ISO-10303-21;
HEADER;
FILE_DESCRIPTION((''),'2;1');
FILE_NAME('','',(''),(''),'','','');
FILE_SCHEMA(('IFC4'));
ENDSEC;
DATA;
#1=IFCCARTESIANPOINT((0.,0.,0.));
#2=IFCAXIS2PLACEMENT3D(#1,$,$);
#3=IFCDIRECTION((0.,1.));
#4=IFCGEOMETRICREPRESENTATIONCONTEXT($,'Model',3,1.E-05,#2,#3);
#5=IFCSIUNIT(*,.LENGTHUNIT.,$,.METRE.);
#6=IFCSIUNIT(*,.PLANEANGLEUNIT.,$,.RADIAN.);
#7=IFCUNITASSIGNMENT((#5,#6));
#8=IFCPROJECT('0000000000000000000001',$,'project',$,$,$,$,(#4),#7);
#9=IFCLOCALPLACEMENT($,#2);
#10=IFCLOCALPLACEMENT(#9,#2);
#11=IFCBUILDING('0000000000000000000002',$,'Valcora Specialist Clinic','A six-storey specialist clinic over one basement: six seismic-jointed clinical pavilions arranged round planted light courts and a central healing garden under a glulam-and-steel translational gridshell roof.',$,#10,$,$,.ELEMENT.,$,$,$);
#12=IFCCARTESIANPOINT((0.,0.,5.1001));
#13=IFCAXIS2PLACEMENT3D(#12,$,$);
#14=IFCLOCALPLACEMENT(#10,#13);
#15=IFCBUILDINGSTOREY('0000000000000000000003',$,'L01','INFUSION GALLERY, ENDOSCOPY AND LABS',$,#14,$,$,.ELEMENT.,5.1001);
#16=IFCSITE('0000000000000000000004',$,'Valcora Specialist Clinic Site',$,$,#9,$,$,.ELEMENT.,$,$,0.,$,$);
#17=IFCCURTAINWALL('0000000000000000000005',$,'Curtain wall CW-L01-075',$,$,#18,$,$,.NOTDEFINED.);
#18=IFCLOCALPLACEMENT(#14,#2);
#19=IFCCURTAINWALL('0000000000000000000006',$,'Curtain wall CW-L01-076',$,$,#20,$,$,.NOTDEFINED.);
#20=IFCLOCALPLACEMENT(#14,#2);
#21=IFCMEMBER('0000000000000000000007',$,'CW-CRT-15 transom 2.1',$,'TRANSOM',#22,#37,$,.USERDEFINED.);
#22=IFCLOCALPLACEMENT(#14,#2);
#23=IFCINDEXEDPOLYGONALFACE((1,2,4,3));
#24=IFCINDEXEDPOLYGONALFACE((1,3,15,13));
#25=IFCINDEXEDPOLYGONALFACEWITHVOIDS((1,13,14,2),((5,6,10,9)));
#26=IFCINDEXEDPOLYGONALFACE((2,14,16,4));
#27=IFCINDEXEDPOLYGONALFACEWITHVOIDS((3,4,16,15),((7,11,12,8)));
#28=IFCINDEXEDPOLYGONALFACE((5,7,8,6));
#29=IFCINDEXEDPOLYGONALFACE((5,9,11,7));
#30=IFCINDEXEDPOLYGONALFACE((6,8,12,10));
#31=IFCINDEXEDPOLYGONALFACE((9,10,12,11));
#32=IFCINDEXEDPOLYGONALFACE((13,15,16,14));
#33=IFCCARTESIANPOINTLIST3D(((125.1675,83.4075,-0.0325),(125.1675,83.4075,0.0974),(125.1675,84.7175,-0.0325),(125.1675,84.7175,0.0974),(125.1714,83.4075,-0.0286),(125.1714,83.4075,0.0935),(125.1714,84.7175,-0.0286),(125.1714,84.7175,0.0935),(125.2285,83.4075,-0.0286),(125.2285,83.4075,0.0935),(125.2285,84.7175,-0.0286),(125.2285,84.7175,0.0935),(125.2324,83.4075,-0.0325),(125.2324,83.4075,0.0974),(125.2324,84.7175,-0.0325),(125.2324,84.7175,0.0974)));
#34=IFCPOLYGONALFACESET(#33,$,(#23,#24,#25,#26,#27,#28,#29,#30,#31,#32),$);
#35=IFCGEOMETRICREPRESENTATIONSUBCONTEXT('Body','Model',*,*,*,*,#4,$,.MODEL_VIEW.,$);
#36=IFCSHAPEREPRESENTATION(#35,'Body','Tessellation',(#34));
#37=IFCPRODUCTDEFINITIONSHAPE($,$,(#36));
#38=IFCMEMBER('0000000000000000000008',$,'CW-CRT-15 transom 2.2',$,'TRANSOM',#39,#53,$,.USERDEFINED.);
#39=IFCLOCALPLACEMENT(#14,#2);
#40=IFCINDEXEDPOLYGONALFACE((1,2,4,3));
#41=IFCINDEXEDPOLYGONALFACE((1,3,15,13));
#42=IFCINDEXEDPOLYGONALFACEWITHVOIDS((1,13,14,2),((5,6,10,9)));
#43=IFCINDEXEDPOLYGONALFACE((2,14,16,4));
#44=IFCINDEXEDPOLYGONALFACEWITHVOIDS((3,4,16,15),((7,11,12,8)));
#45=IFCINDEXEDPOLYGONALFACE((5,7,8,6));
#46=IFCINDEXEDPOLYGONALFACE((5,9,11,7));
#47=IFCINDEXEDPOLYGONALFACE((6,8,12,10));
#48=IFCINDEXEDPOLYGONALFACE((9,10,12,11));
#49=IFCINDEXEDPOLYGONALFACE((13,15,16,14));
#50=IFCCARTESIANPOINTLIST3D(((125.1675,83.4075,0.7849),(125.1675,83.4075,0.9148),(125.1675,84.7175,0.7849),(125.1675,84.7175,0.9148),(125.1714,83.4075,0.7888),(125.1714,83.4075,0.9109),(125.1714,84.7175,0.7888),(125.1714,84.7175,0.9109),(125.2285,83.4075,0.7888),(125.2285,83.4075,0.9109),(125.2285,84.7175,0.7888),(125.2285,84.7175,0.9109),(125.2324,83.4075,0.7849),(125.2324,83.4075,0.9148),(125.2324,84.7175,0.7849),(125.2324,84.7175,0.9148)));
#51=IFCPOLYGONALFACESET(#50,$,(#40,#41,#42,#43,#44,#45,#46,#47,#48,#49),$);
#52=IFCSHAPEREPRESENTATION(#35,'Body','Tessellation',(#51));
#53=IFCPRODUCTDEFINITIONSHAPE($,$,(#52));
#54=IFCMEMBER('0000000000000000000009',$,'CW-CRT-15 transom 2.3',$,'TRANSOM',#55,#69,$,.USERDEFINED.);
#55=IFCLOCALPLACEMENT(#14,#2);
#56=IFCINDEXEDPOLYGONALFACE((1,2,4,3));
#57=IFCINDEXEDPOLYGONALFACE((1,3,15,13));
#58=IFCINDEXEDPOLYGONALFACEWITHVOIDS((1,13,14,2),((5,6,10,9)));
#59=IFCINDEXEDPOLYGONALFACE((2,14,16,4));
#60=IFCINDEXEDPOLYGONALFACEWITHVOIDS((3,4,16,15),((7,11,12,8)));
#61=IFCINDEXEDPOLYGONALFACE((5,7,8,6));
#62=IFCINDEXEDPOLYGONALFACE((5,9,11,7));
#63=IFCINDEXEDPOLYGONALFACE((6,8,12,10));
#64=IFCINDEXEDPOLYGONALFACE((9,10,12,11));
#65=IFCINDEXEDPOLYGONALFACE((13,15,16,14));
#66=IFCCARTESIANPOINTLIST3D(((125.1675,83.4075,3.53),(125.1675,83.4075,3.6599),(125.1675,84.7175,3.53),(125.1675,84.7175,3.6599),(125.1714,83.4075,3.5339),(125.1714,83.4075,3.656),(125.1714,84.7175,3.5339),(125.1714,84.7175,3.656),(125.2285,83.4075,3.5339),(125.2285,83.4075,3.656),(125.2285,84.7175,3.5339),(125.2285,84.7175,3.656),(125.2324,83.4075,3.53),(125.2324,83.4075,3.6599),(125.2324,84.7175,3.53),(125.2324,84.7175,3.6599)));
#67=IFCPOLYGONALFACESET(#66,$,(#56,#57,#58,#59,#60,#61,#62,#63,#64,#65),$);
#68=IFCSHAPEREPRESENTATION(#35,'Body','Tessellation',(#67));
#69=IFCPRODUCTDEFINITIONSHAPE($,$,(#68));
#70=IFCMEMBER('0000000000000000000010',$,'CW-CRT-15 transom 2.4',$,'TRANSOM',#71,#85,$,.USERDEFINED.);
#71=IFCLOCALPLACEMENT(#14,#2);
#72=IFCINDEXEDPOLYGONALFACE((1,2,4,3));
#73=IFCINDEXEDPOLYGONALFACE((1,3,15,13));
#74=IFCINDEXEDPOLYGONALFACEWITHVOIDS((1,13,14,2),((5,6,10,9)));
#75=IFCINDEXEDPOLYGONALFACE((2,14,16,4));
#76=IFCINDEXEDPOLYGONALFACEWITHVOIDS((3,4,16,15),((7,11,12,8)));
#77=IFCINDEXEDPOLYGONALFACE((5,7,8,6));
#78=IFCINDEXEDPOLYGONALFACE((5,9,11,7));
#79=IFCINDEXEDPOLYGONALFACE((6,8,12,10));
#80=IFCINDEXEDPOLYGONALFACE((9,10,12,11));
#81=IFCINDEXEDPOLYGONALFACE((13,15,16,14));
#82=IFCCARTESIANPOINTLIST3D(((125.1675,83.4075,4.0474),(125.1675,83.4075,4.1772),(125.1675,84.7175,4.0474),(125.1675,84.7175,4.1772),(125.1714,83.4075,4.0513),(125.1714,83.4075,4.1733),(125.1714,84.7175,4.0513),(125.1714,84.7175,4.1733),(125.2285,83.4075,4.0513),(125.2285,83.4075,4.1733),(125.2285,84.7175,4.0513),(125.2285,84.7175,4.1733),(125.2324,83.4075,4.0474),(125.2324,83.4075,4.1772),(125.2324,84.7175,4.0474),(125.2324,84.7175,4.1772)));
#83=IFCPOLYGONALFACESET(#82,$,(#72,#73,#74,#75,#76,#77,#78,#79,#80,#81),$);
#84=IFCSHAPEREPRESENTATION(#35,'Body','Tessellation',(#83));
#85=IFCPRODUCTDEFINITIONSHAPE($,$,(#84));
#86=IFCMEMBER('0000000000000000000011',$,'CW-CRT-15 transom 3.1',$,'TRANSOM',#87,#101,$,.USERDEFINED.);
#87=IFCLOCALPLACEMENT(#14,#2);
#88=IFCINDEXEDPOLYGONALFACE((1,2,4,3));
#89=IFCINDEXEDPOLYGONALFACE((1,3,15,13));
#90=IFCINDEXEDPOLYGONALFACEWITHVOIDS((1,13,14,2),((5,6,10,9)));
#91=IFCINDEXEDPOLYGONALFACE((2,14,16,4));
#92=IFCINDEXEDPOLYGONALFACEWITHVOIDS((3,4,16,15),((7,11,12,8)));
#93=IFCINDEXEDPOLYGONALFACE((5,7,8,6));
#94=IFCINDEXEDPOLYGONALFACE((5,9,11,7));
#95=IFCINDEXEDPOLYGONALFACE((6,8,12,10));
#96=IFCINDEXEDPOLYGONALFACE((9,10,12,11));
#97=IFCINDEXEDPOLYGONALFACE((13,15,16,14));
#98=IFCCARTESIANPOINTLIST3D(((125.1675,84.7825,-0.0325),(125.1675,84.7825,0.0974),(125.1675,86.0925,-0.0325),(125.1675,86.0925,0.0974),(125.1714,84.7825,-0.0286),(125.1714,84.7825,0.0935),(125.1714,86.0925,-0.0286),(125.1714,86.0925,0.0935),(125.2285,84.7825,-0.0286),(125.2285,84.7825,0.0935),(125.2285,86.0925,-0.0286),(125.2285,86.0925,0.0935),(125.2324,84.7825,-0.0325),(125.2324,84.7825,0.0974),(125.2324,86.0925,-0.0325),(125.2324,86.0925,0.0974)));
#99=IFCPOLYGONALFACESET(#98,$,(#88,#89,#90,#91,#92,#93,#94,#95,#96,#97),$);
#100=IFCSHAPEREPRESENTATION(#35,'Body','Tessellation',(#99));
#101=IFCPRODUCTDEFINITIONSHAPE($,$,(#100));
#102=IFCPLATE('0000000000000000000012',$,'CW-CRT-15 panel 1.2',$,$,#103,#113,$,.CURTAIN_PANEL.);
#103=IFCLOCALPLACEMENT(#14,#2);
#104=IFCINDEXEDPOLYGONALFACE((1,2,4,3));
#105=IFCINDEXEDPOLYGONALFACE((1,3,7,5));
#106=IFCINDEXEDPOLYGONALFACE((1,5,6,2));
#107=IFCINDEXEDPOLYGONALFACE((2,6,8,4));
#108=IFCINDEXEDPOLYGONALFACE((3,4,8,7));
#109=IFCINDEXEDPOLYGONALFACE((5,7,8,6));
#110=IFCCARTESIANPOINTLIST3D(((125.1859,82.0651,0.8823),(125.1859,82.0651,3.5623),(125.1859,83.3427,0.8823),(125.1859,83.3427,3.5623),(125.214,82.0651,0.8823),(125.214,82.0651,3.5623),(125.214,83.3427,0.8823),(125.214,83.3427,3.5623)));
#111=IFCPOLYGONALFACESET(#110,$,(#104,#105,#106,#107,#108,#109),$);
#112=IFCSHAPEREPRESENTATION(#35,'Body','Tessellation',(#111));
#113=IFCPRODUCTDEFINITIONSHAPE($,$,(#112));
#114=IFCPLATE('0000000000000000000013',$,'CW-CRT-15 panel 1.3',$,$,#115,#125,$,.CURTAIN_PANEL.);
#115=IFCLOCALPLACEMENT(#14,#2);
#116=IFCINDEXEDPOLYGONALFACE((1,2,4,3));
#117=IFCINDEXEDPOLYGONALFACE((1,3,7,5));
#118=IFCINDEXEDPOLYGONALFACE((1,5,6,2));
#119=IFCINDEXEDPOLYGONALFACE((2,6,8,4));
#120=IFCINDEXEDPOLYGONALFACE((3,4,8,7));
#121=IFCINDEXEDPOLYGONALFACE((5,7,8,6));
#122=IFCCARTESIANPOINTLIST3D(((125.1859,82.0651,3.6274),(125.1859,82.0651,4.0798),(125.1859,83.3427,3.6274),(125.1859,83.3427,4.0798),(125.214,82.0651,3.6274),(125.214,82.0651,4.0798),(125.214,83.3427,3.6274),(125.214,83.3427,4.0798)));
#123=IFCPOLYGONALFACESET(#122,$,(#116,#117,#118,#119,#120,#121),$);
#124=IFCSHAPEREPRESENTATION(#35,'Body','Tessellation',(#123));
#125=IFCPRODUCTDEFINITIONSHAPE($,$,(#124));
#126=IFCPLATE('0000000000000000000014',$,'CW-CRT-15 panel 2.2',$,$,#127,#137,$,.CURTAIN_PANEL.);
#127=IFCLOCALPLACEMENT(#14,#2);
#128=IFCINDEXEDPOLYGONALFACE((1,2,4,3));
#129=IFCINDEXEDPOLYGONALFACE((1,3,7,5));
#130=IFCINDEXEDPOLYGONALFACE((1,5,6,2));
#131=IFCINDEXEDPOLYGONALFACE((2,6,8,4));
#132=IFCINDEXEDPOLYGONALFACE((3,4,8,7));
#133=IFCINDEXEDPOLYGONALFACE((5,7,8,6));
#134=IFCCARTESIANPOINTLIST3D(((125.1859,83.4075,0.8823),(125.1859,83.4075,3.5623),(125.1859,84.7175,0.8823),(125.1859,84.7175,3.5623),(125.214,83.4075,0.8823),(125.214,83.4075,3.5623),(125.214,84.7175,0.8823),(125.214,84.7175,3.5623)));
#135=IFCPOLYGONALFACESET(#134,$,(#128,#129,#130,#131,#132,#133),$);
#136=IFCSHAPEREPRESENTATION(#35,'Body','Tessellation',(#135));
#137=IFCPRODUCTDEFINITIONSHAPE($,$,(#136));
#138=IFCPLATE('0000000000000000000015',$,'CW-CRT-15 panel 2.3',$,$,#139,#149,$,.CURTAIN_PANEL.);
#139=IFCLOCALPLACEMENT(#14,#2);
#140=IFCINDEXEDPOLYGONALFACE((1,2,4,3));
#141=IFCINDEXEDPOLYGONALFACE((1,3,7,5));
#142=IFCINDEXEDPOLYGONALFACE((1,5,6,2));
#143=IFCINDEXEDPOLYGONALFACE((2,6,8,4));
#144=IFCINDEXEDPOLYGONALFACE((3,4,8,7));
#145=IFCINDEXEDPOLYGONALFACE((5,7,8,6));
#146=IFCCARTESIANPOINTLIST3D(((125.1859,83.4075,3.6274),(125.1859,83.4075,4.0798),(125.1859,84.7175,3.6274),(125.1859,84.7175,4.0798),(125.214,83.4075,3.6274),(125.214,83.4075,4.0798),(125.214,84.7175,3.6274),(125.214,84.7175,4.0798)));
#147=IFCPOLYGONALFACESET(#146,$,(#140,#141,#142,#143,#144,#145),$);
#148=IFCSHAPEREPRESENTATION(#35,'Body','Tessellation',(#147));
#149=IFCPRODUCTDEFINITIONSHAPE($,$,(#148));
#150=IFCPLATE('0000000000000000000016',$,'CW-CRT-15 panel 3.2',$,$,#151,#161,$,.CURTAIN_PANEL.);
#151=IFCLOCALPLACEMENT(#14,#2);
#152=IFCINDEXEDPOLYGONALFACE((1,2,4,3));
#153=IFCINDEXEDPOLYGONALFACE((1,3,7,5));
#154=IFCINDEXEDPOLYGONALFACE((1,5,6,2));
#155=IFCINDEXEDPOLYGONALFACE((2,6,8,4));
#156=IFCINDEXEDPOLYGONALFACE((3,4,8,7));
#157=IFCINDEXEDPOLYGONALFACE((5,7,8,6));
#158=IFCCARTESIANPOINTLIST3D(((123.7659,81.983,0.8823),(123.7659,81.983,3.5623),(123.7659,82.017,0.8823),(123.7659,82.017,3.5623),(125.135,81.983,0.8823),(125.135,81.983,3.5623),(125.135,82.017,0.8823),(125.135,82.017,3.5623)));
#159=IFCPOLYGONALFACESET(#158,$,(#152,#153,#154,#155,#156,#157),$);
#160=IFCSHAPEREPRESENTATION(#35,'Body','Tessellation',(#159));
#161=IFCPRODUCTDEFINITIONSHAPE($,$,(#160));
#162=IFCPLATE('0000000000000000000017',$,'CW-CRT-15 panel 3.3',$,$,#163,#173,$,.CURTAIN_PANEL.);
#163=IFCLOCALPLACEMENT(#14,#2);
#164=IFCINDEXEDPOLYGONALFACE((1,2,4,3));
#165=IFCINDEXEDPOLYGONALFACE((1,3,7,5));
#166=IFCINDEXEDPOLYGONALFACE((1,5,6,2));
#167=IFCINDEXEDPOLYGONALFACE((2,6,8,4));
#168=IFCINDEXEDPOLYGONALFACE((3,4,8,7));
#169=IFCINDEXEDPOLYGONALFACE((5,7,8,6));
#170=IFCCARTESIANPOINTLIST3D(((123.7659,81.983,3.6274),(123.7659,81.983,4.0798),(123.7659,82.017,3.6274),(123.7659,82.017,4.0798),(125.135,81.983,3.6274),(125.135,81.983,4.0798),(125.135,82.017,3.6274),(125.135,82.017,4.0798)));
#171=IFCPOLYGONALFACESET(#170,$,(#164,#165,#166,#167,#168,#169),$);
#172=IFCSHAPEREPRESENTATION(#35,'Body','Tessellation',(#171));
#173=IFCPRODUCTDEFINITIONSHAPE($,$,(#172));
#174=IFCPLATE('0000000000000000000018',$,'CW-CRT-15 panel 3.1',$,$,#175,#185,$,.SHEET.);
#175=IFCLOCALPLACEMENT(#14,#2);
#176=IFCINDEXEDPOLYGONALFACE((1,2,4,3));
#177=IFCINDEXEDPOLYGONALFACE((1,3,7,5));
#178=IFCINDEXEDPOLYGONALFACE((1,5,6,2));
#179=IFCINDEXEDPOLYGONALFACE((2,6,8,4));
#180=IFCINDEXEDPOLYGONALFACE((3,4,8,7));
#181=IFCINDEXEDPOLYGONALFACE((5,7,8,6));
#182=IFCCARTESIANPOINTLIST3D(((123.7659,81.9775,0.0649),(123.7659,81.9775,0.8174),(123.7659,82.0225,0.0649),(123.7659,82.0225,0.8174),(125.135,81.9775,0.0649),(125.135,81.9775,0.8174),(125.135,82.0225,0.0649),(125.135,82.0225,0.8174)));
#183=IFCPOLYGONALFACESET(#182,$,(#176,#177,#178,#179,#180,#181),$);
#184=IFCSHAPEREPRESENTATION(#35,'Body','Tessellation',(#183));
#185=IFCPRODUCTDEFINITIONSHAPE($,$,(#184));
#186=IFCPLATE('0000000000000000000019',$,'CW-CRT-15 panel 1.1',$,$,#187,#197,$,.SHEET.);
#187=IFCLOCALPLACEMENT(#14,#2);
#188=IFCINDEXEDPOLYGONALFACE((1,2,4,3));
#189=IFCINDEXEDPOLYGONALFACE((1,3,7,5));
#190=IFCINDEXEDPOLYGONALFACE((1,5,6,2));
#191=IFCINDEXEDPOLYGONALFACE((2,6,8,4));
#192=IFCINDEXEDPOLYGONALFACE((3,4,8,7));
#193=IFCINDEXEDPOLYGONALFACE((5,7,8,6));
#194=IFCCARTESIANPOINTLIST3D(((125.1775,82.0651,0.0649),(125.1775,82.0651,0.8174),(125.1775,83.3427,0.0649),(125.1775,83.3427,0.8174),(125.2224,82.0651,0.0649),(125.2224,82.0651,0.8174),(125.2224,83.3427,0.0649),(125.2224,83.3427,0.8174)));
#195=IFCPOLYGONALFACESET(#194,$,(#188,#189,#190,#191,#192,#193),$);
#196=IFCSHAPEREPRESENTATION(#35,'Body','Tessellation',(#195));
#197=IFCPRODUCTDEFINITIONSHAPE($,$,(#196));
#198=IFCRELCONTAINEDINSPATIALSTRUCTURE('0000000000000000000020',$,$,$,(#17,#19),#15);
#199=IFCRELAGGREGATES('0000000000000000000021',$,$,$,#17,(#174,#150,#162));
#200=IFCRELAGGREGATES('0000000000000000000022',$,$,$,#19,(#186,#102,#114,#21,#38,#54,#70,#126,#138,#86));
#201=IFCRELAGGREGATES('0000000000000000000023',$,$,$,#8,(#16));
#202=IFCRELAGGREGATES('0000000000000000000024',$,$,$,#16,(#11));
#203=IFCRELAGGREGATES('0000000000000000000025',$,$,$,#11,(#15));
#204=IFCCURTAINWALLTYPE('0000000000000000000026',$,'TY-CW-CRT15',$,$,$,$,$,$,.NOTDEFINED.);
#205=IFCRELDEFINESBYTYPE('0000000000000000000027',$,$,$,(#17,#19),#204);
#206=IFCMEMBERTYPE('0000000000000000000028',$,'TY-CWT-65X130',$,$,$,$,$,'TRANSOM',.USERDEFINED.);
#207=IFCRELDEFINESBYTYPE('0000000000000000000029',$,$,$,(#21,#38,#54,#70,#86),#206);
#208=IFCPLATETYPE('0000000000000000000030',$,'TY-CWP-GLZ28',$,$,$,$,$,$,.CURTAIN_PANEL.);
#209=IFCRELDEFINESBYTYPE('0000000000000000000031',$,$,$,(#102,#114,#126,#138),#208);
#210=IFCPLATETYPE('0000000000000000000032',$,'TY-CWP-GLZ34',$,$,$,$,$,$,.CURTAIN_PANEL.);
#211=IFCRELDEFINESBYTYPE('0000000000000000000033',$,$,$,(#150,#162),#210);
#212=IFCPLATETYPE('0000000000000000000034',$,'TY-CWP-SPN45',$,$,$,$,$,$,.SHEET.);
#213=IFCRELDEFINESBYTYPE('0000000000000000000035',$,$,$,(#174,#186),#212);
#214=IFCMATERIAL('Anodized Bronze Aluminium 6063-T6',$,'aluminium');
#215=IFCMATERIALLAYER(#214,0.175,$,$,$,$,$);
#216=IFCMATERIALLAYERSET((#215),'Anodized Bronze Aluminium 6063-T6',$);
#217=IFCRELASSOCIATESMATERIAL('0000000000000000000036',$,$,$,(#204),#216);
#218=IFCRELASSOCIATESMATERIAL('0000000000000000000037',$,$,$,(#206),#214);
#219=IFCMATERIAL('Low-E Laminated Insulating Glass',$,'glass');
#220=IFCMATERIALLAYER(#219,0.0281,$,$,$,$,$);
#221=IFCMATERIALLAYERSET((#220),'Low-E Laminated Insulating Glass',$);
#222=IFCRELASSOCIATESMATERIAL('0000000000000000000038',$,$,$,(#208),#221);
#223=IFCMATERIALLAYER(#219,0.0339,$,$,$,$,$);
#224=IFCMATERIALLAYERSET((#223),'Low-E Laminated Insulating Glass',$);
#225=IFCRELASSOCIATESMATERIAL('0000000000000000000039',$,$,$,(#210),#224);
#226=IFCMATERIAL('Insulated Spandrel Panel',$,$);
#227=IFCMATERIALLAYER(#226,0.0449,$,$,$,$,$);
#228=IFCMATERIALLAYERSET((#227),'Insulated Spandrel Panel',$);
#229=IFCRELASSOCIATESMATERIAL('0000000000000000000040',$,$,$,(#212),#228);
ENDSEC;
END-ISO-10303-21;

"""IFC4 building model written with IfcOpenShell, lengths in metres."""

from ifc_helpers import new_model, si_unit, direction, frame, origin, origin_2d, place, context, subcontext, project, spatial, rectangle, hollow_rectangle, extrude, material, layer, layer_set, material_profile, profile_set, type_object, element, aggregate, save


model = new_model("IFC4")

# Units and contexts
model_context = context("Model", 3, precision=1e-05, world=origin(), true_north=direction((0.0, 1.0)))
body_context = subcontext(model_context, "Body", "Model", "MODEL_VIEW")
ifc_project = project(units=[si_unit("LENGTHUNIT", "METRE"), si_unit("PLANEANGLEUNIT", "RADIAN")], contexts=[model_context])

# Site, building, storey
site_placement = place(None, origin())
site = spatial("IfcSite", under=ifc_project, at=site_placement, Name="Valcora Specialist Clinic Site", CompositionType="ELEMENT", RefElevation=0.0)
building_placement = place(site_placement, origin())
building = spatial("IfcBuilding", under=site, at=building_placement, Name="Valcora Specialist Clinic", Description="A six-storey specialist clinic over one basement: six seismic-jointed clinical pavilions arranged round planted light courts and a central healing garden under a glulam-and-steel translational gridshell roof.", CompositionType="ELEMENT")
storey_placement = place(building_placement, frame((0.0, 0.0, 5.1001)))
storey = spatial("IfcBuildingStorey", under=building, at=storey_placement, Name="L01", Description="INFUSION GALLERY, ENDOSCOPY AND LABS", CompositionType="ELEMENT", Elevation=5.1001)

# Curtain wall
ifc_material_1 = material(Name="Anodized Bronze Aluminium 6063-T6", Category="aluminium")
ifc_layer_1 = layer(ifc_material_1, 0.175)
ifc_layer_set_1 = layer_set([ifc_layer_1], Name="Anodized Bronze Aluminium 6063-T6")
curtain_wall_type = type_object("IfcCurtainWallType", Name="TY-CW-CRT15", PredefinedType="NOTDEFINED", material=ifc_layer_set_1)
curtain_wall_1_placement = place(storey_placement, origin())
curtain_wall_1 = element("IfcCurtainWall", 1, at=curtain_wall_1_placement, inside=storey, type_object=curtain_wall_type, Name="Curtain wall CW-L01-075", PredefinedType="NOTDEFINED")

# Curtain wall
curtain_wall_2_placement = place(storey_placement, origin())
curtain_wall_2 = element("IfcCurtainWall", 2, at=curtain_wall_2_placement, inside=storey, type_object=curtain_wall_type, Name="Curtain wall CW-L01-076", PredefinedType="NOTDEFINED")

# Members
ifc_material_profile_1 = material_profile(ifc_material_1, hollow_rectangle(XDim=0.0649, YDim=0.1299, WallThickness=0.0039, at=origin_2d()), Name="AL-TRN-65X130")
ifc_profile_set_1 = profile_set([ifc_material_profile_1], Name="Anodized Bronze Aluminium 6063-T6")
member_type_1 = type_object("IfcMemberType", Name="TY-CWT-65X130", ElementType="TRANSOM", PredefinedType="USERDEFINED", material=ifc_profile_set_1)
member_1_placement = place(storey_placement, frame((125.2, 83.4075, 0.0325), z_axis=(0.0, 1.0, 0.0), x_axis=(-1.0, 0.0, 0.0)))
member_1 = element("IfcMember", 3, at=member_1_placement, type_object=member_type_1, Name="CW-CRT-15 transom 2.1", ObjectType="TRANSOM", PredefinedType="USERDEFINED", context=body_context, shape_type="SweptSolid", body=[
    extrude(hollow_rectangle(XDim=0.0649, YDim=0.1299, WallThickness=0.0039, at=origin_2d()), origin(), (0.0, 0.0, 1.0), 1.3101),
])
member_2_placement = place(storey_placement, frame((125.2, 83.4075, 0.8499), z_axis=(0.0, 1.0, 0.0), x_axis=(-1.0, 0.0, 0.0)))
member_2 = element("IfcMember", 4, at=member_2_placement, type_object=member_type_1, Name="CW-CRT-15 transom 2.2", ObjectType="TRANSOM", PredefinedType="USERDEFINED", context=body_context, shape_type="SweptSolid", body=[
    extrude(hollow_rectangle(XDim=0.0649, YDim=0.1299, WallThickness=0.0039, at=origin_2d()), origin(), (0.0, 0.0, 1.0), 1.3101),
])
member_3_placement = place(storey_placement, frame((125.2, 83.4075, 3.595), z_axis=(0.0, 1.0, 0.0), x_axis=(-1.0, 0.0, 0.0)))
member_3 = element("IfcMember", 5, at=member_3_placement, type_object=member_type_1, Name="CW-CRT-15 transom 2.3", ObjectType="TRANSOM", PredefinedType="USERDEFINED", context=body_context, shape_type="SweptSolid", body=[
    extrude(hollow_rectangle(XDim=0.0649, YDim=0.1299, WallThickness=0.0039, at=origin_2d()), origin(), (0.0, 0.0, 1.0), 1.3101),
])
member_4_placement = place(storey_placement, frame((125.2, 83.4075, 4.1123), z_axis=(0.0, 1.0, 0.0), x_axis=(-1.0, 0.0, 0.0)))
member_4 = element("IfcMember", 6, at=member_4_placement, type_object=member_type_1, Name="CW-CRT-15 transom 2.4", ObjectType="TRANSOM", PredefinedType="USERDEFINED", context=body_context, shape_type="SweptSolid", body=[
    extrude(hollow_rectangle(XDim=0.0649, YDim=0.1299, WallThickness=0.0039, at=origin_2d()), origin(), (0.0, 0.0, 1.0), 1.3101),
])
member_5_placement = place(storey_placement, frame((125.2, 84.7825, 0.0325), z_axis=(0.0, 1.0, 0.0), x_axis=(-1.0, 0.0, 0.0)))
member_5 = element("IfcMember", 7, at=member_5_placement, type_object=member_type_1, Name="CW-CRT-15 transom 3.1", ObjectType="TRANSOM", PredefinedType="USERDEFINED", context=body_context, shape_type="SweptSolid", body=[
    extrude(hollow_rectangle(XDim=0.0649, YDim=0.1299, WallThickness=0.0039, at=origin_2d()), origin(), (0.0, 0.0, 1.0), 1.3101),
])

# Plates
ifc_material_2 = material(Name="Low-E Laminated Insulating Glass", Category="glass")
ifc_layer_2 = layer(ifc_material_2, 0.0281)
ifc_layer_set_2 = layer_set([ifc_layer_2], Name="Low-E Laminated Insulating Glass")
plate_type_1 = type_object("IfcPlateType", Name="TY-CWP-GLZ28", PredefinedType="CURTAIN_PANEL", material=ifc_layer_set_2)
plate_1_placement = place(storey_placement, frame((125.2, 82.7039, 0.8823), z_axis=(0.0, 0.0, 1.0), x_axis=(0.0, 1.0, 0.0)))
plate_1 = element("IfcPlate", 8, at=plate_1_placement, type_object=plate_type_1, Name="CW-CRT-15 panel 1.2", PredefinedType="CURTAIN_PANEL", context=body_context, shape_type="SweptSolid", body=[
    extrude(rectangle(XDim=1.2776, YDim=0.0281, at=origin_2d()), origin(), (0.0, 0.0, 1.0), 2.6799),
])
plate_2_placement = place(storey_placement, frame((125.2, 82.7039, 3.6274), z_axis=(0.0, 0.0, 1.0), x_axis=(0.0, 1.0, 0.0)))
plate_2 = element("IfcPlate", 9, at=plate_2_placement, type_object=plate_type_1, Name="CW-CRT-15 panel 1.3", PredefinedType="CURTAIN_PANEL", context=body_context, shape_type="SweptSolid", body=[
    extrude(rectangle(XDim=1.2776, YDim=0.0281, at=origin_2d()), origin(), (0.0, 0.0, 1.0), 0.4524),
])
plate_3_placement = place(storey_placement, frame((125.2, 84.0625, 0.8823), z_axis=(0.0, 0.0, 1.0), x_axis=(0.0, 1.0, 0.0)))
plate_3 = element("IfcPlate", 10, at=plate_3_placement, type_object=plate_type_1, Name="CW-CRT-15 panel 2.2", PredefinedType="CURTAIN_PANEL", context=body_context, shape_type="SweptSolid", body=[
    extrude(rectangle(XDim=1.3101, YDim=0.0281, at=origin_2d()), origin(), (0.0, 0.0, 1.0), 2.6799),
])
plate_4_placement = place(storey_placement, frame((125.2, 84.0625, 3.6274), z_axis=(0.0, 0.0, 1.0), x_axis=(0.0, 1.0, 0.0)))
plate_4 = element("IfcPlate", 11, at=plate_4_placement, type_object=plate_type_1, Name="CW-CRT-15 panel 2.3", PredefinedType="CURTAIN_PANEL", context=body_context, shape_type="SweptSolid", body=[
    extrude(rectangle(XDim=1.3101, YDim=0.0281, at=origin_2d()), origin(), (0.0, 0.0, 1.0), 0.4524),
])
ifc_layer_3 = layer(ifc_material_2, 0.0339)
ifc_layer_set_3 = layer_set([ifc_layer_3], Name="Low-E Laminated Insulating Glass")
plate_type_2 = type_object("IfcPlateType", Name="TY-CWP-GLZ34", PredefinedType="CURTAIN_PANEL", material=ifc_layer_set_3)
plate_5_placement = place(storey_placement, frame((124.4504, 82.0, 0.8823), z_axis=(0.0, 0.0, 1.0), x_axis=(1.0, 0.0, 0.0)))
plate_5 = element("IfcPlate", 12, at=plate_5_placement, type_object=plate_type_2, Name="CW-CRT-15 panel 3.2", PredefinedType="CURTAIN_PANEL", context=body_context, shape_type="SweptSolid", body=[
    extrude(rectangle(XDim=1.3691, YDim=0.0339, at=origin_2d()), origin(), (0.0, 0.0, 1.0), 2.6799),
])
plate_6_placement = place(storey_placement, frame((124.4504, 82.0, 3.6274), z_axis=(0.0, 0.0, 1.0), x_axis=(1.0, 0.0, 0.0)))
plate_6 = element("IfcPlate", 13, at=plate_6_placement, type_object=plate_type_2, Name="CW-CRT-15 panel 3.3", PredefinedType="CURTAIN_PANEL", context=body_context, shape_type="SweptSolid", body=[
    extrude(rectangle(XDim=1.3691, YDim=0.0339, at=origin_2d()), origin(), (0.0, 0.0, 1.0), 0.4524),
])
ifc_material_3 = material(Name="Insulated Spandrel Panel")
ifc_layer_4 = layer(ifc_material_3, 0.0449)
ifc_layer_set_4 = layer_set([ifc_layer_4], Name="Insulated Spandrel Panel")
plate_type_3 = type_object("IfcPlateType", Name="TY-CWP-SPN45", PredefinedType="SHEET", material=ifc_layer_set_4)
plate_7_placement = place(storey_placement, frame((124.4504, 82.0, 0.0649), z_axis=(0.0, 0.0, 1.0), x_axis=(1.0, 0.0, 0.0)))
plate_7 = element("IfcPlate", 14, at=plate_7_placement, type_object=plate_type_3, Name="CW-CRT-15 panel 3.1", PredefinedType="SHEET", context=body_context, shape_type="SweptSolid", body=[
    extrude(rectangle(XDim=1.3691, YDim=0.0449, at=origin_2d()), origin(), (0.0, 0.0, 1.0), 0.7524),
])
aggregate(curtain_wall_1, [plate_7, plate_5, plate_6])
plate_8_placement = place(storey_placement, frame((125.2, 82.7039, 0.0649), z_axis=(0.0, 0.0, 1.0), x_axis=(0.0, 1.0, 0.0)))
plate_8 = element("IfcPlate", 15, at=plate_8_placement, type_object=plate_type_3, Name="CW-CRT-15 panel 1.1", PredefinedType="SHEET", context=body_context, shape_type="SweptSolid", body=[
    extrude(rectangle(XDim=1.2776, YDim=0.0449, at=origin_2d()), origin(), (0.0, 0.0, 1.0), 0.7524),
])
aggregate(curtain_wall_2, [plate_8, plate_1, plate_2, member_1, member_2, member_3, member_4, plate_3, plate_4, member_5])

save(model, "model.ifc")
